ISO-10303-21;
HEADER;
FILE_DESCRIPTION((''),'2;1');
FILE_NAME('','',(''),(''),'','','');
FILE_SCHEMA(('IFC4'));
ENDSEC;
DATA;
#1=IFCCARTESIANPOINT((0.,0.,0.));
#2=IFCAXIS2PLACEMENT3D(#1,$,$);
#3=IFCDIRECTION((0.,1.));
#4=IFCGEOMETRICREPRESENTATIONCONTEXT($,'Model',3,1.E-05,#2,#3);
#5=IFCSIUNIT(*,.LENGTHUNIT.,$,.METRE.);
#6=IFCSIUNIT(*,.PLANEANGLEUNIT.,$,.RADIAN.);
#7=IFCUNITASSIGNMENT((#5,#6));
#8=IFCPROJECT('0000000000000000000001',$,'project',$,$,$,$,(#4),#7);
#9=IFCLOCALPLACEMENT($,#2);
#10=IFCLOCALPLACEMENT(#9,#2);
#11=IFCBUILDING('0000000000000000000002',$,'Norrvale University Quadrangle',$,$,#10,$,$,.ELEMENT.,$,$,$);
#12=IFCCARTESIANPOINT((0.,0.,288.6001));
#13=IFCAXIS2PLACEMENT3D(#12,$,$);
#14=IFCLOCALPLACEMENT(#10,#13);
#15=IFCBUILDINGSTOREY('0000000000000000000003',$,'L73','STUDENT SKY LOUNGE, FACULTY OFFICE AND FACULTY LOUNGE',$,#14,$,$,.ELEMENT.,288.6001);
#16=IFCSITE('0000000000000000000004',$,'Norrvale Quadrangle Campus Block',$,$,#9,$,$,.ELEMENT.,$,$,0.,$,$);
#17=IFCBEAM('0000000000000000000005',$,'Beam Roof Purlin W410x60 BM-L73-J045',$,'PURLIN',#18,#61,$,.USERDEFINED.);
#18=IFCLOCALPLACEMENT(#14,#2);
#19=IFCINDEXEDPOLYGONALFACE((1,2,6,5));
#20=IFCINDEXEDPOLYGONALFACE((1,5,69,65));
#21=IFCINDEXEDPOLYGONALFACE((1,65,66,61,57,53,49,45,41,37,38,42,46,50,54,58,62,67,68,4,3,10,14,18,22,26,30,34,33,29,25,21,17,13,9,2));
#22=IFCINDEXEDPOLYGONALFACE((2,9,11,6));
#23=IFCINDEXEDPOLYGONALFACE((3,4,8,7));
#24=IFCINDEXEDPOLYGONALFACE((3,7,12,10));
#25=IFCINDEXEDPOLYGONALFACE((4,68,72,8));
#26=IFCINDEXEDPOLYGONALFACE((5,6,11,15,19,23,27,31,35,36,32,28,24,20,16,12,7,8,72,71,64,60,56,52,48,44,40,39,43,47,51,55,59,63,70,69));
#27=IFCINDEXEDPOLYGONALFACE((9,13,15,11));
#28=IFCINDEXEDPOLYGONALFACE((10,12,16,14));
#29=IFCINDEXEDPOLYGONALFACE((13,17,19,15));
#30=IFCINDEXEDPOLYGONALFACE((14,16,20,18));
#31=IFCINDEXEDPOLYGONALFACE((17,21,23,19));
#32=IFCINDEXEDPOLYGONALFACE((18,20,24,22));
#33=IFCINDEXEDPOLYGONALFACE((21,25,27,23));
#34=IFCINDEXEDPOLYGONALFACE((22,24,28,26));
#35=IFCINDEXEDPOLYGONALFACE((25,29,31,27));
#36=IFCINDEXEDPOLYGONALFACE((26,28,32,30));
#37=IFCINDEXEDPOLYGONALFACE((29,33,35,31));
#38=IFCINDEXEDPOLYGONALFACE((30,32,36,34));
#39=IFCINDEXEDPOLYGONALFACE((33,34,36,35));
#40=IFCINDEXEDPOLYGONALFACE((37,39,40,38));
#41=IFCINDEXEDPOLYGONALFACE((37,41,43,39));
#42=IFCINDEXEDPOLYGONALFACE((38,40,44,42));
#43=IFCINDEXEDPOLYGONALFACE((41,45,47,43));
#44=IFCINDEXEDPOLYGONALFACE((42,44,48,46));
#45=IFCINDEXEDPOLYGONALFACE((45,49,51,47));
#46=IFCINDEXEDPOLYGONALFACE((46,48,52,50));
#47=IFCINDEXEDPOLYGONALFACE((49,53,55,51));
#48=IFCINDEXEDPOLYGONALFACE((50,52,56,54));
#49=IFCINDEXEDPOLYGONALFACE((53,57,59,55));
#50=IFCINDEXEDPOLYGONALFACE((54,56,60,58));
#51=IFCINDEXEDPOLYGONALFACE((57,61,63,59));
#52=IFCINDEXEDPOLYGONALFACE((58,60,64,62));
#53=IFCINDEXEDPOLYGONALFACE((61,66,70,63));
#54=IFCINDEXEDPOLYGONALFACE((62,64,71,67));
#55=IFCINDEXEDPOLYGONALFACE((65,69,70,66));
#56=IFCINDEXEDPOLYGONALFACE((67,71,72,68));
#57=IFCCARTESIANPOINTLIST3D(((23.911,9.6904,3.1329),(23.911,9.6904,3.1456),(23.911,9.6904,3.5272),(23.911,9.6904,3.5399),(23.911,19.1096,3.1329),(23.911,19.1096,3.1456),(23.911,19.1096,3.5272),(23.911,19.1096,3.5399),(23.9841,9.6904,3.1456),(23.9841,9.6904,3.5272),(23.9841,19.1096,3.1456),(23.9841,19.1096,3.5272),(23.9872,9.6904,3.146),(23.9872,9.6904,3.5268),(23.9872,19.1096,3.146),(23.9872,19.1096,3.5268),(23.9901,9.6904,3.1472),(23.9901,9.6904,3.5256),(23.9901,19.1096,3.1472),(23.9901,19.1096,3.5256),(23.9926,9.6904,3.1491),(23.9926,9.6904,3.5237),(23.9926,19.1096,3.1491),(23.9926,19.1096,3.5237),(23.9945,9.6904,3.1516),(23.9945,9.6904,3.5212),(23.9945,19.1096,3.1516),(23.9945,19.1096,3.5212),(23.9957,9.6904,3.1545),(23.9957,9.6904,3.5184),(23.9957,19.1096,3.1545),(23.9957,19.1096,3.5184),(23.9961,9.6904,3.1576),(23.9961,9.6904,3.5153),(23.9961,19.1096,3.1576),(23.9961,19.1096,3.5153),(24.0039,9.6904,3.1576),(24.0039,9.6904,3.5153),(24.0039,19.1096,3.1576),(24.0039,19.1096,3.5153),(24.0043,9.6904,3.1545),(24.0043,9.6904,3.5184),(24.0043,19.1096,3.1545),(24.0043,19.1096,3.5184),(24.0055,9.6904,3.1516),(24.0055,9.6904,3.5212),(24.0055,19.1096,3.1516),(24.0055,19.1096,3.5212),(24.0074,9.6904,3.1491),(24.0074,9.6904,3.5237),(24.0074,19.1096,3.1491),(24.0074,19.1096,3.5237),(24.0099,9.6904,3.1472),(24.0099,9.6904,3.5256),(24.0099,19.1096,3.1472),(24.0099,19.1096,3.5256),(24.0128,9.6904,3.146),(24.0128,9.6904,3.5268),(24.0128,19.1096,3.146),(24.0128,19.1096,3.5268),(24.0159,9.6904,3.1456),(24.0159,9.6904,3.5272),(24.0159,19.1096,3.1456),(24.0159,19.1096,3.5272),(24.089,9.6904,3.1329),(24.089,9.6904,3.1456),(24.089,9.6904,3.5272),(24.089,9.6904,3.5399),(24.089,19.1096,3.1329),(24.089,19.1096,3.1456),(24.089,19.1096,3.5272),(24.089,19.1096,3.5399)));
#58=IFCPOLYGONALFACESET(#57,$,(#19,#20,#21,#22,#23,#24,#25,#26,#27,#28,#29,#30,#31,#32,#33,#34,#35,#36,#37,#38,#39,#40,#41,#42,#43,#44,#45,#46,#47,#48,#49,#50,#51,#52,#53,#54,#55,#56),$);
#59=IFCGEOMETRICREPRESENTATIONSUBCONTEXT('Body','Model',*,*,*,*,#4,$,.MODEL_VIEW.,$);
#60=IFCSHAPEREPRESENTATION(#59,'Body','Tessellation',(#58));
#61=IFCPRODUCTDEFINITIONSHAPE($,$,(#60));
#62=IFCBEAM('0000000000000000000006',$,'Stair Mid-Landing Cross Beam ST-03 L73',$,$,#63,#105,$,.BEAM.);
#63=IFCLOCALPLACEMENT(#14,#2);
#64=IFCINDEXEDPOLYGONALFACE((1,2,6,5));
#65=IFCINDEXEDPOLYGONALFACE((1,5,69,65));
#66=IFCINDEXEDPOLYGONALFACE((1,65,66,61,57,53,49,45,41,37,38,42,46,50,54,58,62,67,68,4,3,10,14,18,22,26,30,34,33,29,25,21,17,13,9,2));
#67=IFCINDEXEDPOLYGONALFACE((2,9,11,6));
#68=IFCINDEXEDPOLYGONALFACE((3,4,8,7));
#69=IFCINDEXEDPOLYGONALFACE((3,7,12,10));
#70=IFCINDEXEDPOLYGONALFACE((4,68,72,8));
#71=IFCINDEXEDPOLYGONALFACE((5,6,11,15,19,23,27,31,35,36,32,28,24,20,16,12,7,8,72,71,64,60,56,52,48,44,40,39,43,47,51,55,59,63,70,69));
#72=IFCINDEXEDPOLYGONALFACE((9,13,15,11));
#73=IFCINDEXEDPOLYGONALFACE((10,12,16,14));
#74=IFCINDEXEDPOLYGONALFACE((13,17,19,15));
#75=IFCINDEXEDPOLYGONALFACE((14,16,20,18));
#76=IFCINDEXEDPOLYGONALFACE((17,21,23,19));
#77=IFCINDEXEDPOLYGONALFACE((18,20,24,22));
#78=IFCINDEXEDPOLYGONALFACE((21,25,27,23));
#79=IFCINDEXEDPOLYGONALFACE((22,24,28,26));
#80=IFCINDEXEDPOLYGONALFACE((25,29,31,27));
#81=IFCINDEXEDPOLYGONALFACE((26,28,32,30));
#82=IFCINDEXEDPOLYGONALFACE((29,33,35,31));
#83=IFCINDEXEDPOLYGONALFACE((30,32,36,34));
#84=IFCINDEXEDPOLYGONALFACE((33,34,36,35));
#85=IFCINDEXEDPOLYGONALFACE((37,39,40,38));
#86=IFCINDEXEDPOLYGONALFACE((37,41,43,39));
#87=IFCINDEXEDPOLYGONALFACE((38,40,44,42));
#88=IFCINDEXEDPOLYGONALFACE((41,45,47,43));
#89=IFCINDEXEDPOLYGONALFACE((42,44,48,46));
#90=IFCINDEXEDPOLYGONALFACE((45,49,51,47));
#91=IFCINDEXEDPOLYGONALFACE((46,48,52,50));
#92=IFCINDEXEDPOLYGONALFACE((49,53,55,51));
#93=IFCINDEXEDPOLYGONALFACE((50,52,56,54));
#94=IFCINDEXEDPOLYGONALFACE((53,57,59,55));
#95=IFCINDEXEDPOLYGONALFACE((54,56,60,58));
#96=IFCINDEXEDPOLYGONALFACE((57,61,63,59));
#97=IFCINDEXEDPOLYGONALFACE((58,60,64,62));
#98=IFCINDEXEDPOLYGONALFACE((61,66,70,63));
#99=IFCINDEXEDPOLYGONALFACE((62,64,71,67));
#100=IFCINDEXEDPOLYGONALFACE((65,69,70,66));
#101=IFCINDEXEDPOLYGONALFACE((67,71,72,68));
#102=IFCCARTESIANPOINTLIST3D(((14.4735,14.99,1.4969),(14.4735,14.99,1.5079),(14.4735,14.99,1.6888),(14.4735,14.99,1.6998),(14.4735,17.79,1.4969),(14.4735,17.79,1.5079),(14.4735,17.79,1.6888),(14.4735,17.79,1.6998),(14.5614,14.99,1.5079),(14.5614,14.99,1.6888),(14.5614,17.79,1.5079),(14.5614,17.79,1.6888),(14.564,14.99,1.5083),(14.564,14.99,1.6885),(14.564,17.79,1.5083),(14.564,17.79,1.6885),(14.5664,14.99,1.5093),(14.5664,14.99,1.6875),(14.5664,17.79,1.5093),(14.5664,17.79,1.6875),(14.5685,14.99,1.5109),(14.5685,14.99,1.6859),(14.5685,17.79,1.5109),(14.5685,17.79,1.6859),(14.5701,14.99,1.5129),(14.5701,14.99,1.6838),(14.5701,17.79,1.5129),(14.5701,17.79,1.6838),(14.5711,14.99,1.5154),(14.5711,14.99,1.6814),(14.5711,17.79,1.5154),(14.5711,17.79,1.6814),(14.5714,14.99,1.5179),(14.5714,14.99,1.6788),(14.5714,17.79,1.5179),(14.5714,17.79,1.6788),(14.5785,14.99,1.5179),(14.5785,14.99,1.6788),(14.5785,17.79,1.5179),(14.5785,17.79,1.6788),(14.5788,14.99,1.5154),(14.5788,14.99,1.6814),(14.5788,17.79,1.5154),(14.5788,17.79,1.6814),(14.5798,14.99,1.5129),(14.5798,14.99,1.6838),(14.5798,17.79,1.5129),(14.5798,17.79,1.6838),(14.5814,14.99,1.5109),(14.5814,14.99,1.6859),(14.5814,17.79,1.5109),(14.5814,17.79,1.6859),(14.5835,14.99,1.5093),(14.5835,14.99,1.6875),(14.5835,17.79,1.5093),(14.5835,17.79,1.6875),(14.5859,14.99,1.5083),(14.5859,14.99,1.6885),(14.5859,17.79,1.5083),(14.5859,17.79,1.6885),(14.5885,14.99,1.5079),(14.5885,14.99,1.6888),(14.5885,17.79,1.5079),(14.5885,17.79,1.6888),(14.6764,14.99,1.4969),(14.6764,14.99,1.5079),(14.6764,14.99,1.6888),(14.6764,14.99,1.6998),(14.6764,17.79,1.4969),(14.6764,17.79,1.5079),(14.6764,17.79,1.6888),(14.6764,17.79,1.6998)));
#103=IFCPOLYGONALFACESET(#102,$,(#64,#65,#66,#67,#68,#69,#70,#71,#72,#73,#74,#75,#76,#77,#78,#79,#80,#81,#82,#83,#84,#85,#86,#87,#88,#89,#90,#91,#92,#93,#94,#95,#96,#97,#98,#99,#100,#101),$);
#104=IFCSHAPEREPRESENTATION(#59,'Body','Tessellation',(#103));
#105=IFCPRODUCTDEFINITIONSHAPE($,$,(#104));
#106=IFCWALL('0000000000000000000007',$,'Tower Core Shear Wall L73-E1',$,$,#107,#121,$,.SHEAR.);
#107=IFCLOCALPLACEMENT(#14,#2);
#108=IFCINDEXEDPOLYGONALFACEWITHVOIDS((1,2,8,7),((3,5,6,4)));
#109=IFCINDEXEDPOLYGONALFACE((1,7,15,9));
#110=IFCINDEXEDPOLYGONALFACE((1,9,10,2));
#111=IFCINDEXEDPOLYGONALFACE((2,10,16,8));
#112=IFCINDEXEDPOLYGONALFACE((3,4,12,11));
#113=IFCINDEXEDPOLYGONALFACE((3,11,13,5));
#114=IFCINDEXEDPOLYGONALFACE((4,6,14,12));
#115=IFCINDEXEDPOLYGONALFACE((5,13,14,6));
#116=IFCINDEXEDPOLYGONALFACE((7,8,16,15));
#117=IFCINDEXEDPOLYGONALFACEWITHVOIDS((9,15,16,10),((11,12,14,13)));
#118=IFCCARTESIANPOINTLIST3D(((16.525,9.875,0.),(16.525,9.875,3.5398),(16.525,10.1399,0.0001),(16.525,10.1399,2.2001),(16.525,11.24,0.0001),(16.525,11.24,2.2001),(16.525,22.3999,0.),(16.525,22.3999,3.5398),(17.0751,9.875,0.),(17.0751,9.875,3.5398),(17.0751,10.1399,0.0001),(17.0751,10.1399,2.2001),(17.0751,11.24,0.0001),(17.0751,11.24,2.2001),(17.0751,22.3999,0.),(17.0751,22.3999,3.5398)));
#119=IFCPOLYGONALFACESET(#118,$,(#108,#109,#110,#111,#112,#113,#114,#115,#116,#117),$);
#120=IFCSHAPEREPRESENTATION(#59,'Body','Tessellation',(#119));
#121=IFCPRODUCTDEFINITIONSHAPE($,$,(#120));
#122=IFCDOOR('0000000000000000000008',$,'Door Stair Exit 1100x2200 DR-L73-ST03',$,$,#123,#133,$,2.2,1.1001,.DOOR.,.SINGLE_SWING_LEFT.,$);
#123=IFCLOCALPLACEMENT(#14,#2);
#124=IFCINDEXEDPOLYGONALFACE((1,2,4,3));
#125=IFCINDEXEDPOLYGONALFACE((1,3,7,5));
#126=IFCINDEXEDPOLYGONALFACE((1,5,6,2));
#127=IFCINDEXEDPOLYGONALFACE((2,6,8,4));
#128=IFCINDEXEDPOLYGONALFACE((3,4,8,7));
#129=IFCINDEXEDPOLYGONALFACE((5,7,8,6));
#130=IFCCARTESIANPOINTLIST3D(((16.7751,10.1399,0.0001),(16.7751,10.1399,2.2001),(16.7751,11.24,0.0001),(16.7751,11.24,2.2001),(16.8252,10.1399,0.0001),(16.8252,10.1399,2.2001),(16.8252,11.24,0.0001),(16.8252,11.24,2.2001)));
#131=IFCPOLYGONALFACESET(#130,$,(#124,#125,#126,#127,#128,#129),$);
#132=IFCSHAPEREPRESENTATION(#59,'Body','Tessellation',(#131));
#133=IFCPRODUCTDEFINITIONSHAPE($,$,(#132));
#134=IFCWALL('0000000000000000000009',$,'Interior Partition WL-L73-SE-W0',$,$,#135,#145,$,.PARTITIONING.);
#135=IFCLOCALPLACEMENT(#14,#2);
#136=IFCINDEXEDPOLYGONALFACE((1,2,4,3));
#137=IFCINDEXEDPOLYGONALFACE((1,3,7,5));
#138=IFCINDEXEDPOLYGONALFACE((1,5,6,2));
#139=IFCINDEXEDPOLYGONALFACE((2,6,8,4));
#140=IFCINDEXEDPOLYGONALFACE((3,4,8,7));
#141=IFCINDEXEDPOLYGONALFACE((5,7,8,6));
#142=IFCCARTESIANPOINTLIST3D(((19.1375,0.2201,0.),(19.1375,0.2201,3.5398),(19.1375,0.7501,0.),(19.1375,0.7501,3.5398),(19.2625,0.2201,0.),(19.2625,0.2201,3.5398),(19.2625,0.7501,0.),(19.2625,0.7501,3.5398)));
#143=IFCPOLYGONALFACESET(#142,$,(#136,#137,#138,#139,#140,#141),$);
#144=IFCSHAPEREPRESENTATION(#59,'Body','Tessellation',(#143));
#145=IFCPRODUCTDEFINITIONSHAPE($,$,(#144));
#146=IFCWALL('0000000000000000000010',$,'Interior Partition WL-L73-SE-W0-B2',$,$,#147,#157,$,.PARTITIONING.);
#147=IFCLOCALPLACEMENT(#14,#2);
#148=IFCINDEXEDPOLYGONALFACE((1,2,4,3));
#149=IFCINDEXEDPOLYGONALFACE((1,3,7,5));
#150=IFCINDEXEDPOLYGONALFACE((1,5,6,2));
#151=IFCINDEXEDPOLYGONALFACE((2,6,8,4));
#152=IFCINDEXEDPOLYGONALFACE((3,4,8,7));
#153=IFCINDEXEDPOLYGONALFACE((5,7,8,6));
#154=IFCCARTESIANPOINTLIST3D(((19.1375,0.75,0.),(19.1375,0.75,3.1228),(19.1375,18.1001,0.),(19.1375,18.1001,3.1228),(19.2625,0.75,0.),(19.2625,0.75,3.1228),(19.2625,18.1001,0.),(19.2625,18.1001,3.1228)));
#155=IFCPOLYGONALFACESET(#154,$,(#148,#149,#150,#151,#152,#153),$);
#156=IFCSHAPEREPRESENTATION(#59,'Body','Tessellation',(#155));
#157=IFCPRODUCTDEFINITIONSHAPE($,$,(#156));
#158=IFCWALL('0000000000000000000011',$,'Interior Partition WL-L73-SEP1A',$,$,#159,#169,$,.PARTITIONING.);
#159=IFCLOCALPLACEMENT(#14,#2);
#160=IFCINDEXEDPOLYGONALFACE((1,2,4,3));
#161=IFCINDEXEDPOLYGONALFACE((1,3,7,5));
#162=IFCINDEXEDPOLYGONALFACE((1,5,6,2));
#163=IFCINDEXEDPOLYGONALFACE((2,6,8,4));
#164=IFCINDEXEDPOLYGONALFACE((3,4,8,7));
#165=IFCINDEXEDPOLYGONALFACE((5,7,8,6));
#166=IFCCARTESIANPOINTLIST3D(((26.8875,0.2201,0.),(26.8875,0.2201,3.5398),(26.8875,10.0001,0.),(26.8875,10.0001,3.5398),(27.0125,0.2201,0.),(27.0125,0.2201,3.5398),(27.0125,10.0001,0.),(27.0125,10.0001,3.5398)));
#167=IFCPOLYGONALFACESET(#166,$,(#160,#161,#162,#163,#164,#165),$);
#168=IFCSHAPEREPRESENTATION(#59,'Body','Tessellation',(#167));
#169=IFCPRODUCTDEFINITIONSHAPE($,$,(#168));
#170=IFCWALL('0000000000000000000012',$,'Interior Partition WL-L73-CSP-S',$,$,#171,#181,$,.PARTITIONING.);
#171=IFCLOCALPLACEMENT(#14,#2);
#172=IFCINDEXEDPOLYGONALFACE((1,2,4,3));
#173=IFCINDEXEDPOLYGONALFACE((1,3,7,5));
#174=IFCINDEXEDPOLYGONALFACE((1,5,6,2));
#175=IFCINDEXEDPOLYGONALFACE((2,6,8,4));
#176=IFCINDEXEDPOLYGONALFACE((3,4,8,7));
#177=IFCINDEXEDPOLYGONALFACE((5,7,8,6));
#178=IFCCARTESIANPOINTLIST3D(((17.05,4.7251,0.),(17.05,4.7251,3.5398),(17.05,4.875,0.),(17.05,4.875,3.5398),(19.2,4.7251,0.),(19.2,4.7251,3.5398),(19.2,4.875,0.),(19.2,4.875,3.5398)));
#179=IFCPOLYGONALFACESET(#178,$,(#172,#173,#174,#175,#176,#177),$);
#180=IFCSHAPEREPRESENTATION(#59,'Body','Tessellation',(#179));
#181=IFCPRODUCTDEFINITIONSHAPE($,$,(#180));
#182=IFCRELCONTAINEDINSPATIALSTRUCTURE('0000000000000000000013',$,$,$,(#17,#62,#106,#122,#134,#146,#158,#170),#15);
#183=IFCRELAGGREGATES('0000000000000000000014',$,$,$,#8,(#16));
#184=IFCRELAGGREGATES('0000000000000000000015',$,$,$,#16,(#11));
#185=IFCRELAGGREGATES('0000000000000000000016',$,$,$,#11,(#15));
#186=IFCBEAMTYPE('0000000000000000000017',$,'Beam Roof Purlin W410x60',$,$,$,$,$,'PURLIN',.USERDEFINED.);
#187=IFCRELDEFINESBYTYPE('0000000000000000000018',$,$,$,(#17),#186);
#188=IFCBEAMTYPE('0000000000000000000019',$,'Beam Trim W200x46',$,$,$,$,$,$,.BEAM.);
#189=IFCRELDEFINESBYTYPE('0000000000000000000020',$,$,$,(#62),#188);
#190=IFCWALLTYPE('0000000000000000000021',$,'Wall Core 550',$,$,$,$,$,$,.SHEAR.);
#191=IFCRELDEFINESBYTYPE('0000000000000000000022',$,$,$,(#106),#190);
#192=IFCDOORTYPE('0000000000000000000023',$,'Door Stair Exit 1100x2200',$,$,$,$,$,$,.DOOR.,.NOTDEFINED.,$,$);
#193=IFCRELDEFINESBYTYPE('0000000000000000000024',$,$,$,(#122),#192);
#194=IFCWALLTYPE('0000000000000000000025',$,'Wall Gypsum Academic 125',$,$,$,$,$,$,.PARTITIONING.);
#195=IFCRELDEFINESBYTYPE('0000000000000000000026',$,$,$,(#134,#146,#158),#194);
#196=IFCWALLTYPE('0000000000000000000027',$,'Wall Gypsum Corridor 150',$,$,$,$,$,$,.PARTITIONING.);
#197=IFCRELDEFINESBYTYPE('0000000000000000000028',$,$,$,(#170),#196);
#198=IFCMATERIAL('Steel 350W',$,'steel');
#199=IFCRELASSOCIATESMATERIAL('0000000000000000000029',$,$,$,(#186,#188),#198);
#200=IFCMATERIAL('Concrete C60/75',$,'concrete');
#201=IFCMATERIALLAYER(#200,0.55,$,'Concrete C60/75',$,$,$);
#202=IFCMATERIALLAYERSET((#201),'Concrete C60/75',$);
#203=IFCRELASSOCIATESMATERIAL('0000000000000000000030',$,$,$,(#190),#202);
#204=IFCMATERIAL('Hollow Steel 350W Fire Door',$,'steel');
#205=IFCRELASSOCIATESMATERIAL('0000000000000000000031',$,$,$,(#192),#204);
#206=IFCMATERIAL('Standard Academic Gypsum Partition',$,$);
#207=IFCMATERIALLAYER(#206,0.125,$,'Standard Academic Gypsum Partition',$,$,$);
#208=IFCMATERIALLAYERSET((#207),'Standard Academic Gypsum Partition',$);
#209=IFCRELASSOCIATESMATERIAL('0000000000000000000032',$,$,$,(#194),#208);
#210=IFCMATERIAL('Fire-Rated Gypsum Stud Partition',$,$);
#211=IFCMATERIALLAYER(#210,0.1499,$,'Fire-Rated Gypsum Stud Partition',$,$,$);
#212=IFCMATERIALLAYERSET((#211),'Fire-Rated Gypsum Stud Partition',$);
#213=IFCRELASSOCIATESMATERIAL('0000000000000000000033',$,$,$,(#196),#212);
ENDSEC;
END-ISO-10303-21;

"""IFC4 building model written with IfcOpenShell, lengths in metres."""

from ifc_helpers import new_model, si_unit, direction, frame, frame_2d, origin, origin_2d, place, context, subcontext, project, spatial, rectangle, i_section, extrude, material, layer, layer_set, material_profile, profile_set, type_object, element, fill, save


model = new_model("IFC4")

# Units and contexts
model_context = context("Model", 3, precision=1e-05, world=origin(), true_north=direction((0.0, 1.0)))
body_context = subcontext(model_context, "Body", "Model", "MODEL_VIEW")
ifc_project = project(units=[si_unit("LENGTHUNIT", "METRE"), si_unit("PLANEANGLEUNIT", "RADIAN")], contexts=[model_context])

# Site, building, storey
site_placement = place(None, origin())
site = spatial("IfcSite", under=ifc_project, at=site_placement, Name="Norrvale Quadrangle Campus Block", CompositionType="ELEMENT", RefElevation=0.0)
building_placement = place(site_placement, origin())
building = spatial("IfcBuilding", under=site, at=building_placement, Name="Norrvale University Quadrangle", CompositionType="ELEMENT")
storey_placement = place(building_placement, frame((0.0, 0.0, 288.6001)))
storey = spatial("IfcBuildingStorey", under=building, at=storey_placement, Name="L73", Description="STUDENT SKY LOUNGE, FACULTY OFFICE AND FACULTY LOUNGE", CompositionType="ELEMENT", Elevation=288.6001)

# Shared definitions
ifc_material_1 = material(Name="Concrete C60/75", Category="concrete")

# Beams
ifc_material_2 = material(Name="Steel 350W", Category="steel")
ifc_material_profile_1 = material_profile(ifc_material_2, i_section(OverallWidth=0.178, OverallDepth=0.407, WebThickness=0.0078, FlangeThickness=0.0127, FilletRadius=0.012, at=origin_2d()), Name="Steel 350W")
ifc_profile_set_1 = profile_set([ifc_material_profile_1], Name="Steel 350W")
beam_type_1 = type_object("IfcBeamType", Name="Beam Roof Purlin W410x60", ElementType="PURLIN", PredefinedType="USERDEFINED", material=ifc_profile_set_1)
beam_1_placement = place(storey_placement, frame((24.0, 9.6904, 3.3364), z_axis=(0.0, 1.0, 0.0), x_axis=(-1.0, 0.0, 0.0)))
element("IfcBeam", 1, at=beam_1_placement, inside=storey, type_object=beam_type_1, Name="Beam Roof Purlin W410x60 BM-L73-J045", ObjectType="PURLIN", PredefinedType="USERDEFINED", context=body_context, shape_type="SweptSolid", body=[
    extrude(i_section(OverallWidth=0.178, OverallDepth=0.407, WebThickness=0.0078, FlangeThickness=0.0127, FilletRadius=0.012, at=origin_2d()), origin(), (0.0, 0.0, 1.0), 9.4192),
])
ifc_material_profile_2 = material_profile(ifc_material_2, i_section(OverallWidth=0.2029, OverallDepth=0.2029, WebThickness=0.0071, FlangeThickness=0.011, FilletRadius=0.01, at=origin_2d()), Name="Steel 350W")
ifc_profile_set_2 = profile_set([ifc_material_profile_2], Name="Steel 350W")
beam_type_2 = type_object("IfcBeamType", Name="Beam Trim W200x46", PredefinedType="BEAM", material=ifc_profile_set_2)
beam_2_placement = place(storey_placement, frame((14.575, 14.99, 1.5984), z_axis=(0.0, 1.0, 0.0), x_axis=(-1.0, 0.0, 0.0)))
element("IfcBeam", 2, at=beam_2_placement, inside=storey, type_object=beam_type_2, Name="Stair Mid-Landing Cross Beam ST-03 L73", PredefinedType="BEAM", context=body_context, shape_type="SweptSolid", body=[
    extrude(i_section(OverallWidth=0.2029, OverallDepth=0.2029, WebThickness=0.0071, FlangeThickness=0.011, FilletRadius=0.01, at=origin_2d()), origin(), (0.0, 0.0, 1.0), 2.8),
])

# Wall, opening, door
ifc_layer_1 = layer(ifc_material_1, 0.55, Name="Concrete C60/75")
ifc_layer_set_1 = layer_set([ifc_layer_1], Name="Concrete C60/75")
wall_type_1 = type_object("IfcWallType", Name="Wall Core 550", PredefinedType="SHEAR", material=ifc_layer_set_1)
wall_1_placement = place(storey_placement, frame((16.8, 9.875, 0.0), z_axis=(0.0, 0.0, 1.0), x_axis=(0.0, 1.0, 0.0)))
wall_1 = element("IfcWall", 3, at=wall_1_placement, inside=storey, type_object=wall_type_1, Name="Tower Core Shear Wall L73-E1", PredefinedType="SHEAR", context=body_context, shape_type="SweptSolid", body=[
    extrude(rectangle(XDim=12.5249, YDim=0.55, at=frame_2d((6.2625, 0.0))), origin(), (0.0, 0.0, 1.0), 3.5398),
])
opening_1_placement = place(wall_1_placement, frame((0.2649, 0.0, 0.0)))
opening_1 = element("IfcOpeningElement", 4, at=opening_1_placement, cuts=wall_1, PredefinedType="OPENING", context=body_context, shape_type="SweptSolid", body=[
    extrude(rectangle(XDim=1.1001, YDim=2.2, at=frame_2d((0.55, 1.1001))), frame((0.0, 0.2871, 0.0), z_axis=(0.0, -1.0, 0.0), x_axis=(1.0, 0.0, 0.0)), (0.0, 0.0, 1.0), 0.574),
])
ifc_material_3 = material(Name="Hollow Steel 350W Fire Door", Category="steel")
door_type_1 = type_object("IfcDoorType", Name="Door Stair Exit 1100x2200", OperationType="NOTDEFINED", PredefinedType="DOOR", material=ifc_material_3)
door_1_placement = place(opening_1_placement, origin())
door_1 = element("IfcDoor", 5, at=door_1_placement, inside=storey, type_object=door_type_1, Name="Door Stair Exit 1100x2200 DR-L73-ST03", OperationType="SINGLE_SWING_LEFT", OverallHeight=2.2, OverallWidth=1.1001, PredefinedType="DOOR", context=body_context, shape_type="SweptSolid", body=[
    extrude(rectangle(XDim=1.1001, YDim=2.2, at=frame_2d((0.55, 1.1001))), frame((0.0, 0.0249, 0.0), z_axis=(0.0, -1.0, 0.0), x_axis=(1.0, 0.0, 0.0)), (0.0, 0.0, 1.0), 0.05),
])
fill(opening_1, door_1)

# Walls
ifc_material_4 = material(Name="Standard Academic Gypsum Partition")
ifc_layer_2 = layer(ifc_material_4, 0.125, Name="Standard Academic Gypsum Partition")
ifc_layer_set_2 = layer_set([ifc_layer_2], Name="Standard Academic Gypsum Partition")
wall_type_2 = type_object("IfcWallType", Name="Wall Gypsum Academic 125", PredefinedType="PARTITIONING", material=ifc_layer_set_2)
wall_2_placement = place(storey_placement, frame((19.2, 0.22, 0.0), z_axis=(0.0, 0.0, 1.0), x_axis=(0.0, 1.0, 0.0)))
element("IfcWall", 6, at=wall_2_placement, inside=storey, type_object=wall_type_2, Name="Interior Partition WL-L73-SE-W0", PredefinedType="PARTITIONING", context=body_context, shape_type="SweptSolid", body=[
    extrude(rectangle(XDim=0.53, YDim=0.125, at=frame_2d((0.2651, 0.0))), origin(), (0.0, 0.0, 1.0), 3.5398),
])
wall_3_placement = place(storey_placement, frame((19.2, 0.75, 0.0), z_axis=(0.0, 0.0, 1.0), x_axis=(0.0, 1.0, 0.0)))
element("IfcWall", 7, at=wall_3_placement, inside=storey, type_object=wall_type_2, Name="Interior Partition WL-L73-SE-W0-B2", PredefinedType="PARTITIONING", context=body_context, shape_type="SweptSolid", body=[
    extrude(rectangle(XDim=17.3501, YDim=0.125, at=frame_2d((8.675, 0.0))), origin(), (0.0, 0.0, 1.0), 3.1228),
])
wall_4_placement = place(storey_placement, frame((26.95, 0.22, 0.0), z_axis=(0.0, 0.0, 1.0), x_axis=(0.0, 1.0, 0.0)))
element("IfcWall", 8, at=wall_4_placement, inside=storey, type_object=wall_type_2, Name="Interior Partition WL-L73-SEP1A", PredefinedType="PARTITIONING", context=body_context, shape_type="SweptSolid", body=[
    extrude(rectangle(XDim=9.78, YDim=0.125, at=frame_2d((4.8901, 0.0))), origin(), (0.0, 0.0, 1.0), 3.5398),
])
ifc_material_5 = material(Name="Fire-Rated Gypsum Stud Partition")
ifc_layer_3 = layer(ifc_material_5, 0.1499, Name="Fire-Rated Gypsum Stud Partition")
ifc_layer_set_3 = layer_set([ifc_layer_3], Name="Fire-Rated Gypsum Stud Partition")
wall_type_3 = type_object("IfcWallType", Name="Wall Gypsum Corridor 150", PredefinedType="PARTITIONING", material=ifc_layer_set_3)
wall_5_placement = place(storey_placement, frame((17.05, 4.8, 0.0), z_axis=(0.0, 0.0, 1.0), x_axis=(1.0, 0.0, 0.0)))
element("IfcWall", 9, at=wall_5_placement, inside=storey, type_object=wall_type_3, Name="Interior Partition WL-L73-CSP-S", PredefinedType="PARTITIONING", context=body_context, shape_type="SweptSolid", body=[
    extrude(rectangle(XDim=2.1499, YDim=0.1499, at=frame_2d((1.075, 0.0))), origin(), (0.0, 0.0, 1.0), 3.5398),
])

save(model, "model.ifc")
